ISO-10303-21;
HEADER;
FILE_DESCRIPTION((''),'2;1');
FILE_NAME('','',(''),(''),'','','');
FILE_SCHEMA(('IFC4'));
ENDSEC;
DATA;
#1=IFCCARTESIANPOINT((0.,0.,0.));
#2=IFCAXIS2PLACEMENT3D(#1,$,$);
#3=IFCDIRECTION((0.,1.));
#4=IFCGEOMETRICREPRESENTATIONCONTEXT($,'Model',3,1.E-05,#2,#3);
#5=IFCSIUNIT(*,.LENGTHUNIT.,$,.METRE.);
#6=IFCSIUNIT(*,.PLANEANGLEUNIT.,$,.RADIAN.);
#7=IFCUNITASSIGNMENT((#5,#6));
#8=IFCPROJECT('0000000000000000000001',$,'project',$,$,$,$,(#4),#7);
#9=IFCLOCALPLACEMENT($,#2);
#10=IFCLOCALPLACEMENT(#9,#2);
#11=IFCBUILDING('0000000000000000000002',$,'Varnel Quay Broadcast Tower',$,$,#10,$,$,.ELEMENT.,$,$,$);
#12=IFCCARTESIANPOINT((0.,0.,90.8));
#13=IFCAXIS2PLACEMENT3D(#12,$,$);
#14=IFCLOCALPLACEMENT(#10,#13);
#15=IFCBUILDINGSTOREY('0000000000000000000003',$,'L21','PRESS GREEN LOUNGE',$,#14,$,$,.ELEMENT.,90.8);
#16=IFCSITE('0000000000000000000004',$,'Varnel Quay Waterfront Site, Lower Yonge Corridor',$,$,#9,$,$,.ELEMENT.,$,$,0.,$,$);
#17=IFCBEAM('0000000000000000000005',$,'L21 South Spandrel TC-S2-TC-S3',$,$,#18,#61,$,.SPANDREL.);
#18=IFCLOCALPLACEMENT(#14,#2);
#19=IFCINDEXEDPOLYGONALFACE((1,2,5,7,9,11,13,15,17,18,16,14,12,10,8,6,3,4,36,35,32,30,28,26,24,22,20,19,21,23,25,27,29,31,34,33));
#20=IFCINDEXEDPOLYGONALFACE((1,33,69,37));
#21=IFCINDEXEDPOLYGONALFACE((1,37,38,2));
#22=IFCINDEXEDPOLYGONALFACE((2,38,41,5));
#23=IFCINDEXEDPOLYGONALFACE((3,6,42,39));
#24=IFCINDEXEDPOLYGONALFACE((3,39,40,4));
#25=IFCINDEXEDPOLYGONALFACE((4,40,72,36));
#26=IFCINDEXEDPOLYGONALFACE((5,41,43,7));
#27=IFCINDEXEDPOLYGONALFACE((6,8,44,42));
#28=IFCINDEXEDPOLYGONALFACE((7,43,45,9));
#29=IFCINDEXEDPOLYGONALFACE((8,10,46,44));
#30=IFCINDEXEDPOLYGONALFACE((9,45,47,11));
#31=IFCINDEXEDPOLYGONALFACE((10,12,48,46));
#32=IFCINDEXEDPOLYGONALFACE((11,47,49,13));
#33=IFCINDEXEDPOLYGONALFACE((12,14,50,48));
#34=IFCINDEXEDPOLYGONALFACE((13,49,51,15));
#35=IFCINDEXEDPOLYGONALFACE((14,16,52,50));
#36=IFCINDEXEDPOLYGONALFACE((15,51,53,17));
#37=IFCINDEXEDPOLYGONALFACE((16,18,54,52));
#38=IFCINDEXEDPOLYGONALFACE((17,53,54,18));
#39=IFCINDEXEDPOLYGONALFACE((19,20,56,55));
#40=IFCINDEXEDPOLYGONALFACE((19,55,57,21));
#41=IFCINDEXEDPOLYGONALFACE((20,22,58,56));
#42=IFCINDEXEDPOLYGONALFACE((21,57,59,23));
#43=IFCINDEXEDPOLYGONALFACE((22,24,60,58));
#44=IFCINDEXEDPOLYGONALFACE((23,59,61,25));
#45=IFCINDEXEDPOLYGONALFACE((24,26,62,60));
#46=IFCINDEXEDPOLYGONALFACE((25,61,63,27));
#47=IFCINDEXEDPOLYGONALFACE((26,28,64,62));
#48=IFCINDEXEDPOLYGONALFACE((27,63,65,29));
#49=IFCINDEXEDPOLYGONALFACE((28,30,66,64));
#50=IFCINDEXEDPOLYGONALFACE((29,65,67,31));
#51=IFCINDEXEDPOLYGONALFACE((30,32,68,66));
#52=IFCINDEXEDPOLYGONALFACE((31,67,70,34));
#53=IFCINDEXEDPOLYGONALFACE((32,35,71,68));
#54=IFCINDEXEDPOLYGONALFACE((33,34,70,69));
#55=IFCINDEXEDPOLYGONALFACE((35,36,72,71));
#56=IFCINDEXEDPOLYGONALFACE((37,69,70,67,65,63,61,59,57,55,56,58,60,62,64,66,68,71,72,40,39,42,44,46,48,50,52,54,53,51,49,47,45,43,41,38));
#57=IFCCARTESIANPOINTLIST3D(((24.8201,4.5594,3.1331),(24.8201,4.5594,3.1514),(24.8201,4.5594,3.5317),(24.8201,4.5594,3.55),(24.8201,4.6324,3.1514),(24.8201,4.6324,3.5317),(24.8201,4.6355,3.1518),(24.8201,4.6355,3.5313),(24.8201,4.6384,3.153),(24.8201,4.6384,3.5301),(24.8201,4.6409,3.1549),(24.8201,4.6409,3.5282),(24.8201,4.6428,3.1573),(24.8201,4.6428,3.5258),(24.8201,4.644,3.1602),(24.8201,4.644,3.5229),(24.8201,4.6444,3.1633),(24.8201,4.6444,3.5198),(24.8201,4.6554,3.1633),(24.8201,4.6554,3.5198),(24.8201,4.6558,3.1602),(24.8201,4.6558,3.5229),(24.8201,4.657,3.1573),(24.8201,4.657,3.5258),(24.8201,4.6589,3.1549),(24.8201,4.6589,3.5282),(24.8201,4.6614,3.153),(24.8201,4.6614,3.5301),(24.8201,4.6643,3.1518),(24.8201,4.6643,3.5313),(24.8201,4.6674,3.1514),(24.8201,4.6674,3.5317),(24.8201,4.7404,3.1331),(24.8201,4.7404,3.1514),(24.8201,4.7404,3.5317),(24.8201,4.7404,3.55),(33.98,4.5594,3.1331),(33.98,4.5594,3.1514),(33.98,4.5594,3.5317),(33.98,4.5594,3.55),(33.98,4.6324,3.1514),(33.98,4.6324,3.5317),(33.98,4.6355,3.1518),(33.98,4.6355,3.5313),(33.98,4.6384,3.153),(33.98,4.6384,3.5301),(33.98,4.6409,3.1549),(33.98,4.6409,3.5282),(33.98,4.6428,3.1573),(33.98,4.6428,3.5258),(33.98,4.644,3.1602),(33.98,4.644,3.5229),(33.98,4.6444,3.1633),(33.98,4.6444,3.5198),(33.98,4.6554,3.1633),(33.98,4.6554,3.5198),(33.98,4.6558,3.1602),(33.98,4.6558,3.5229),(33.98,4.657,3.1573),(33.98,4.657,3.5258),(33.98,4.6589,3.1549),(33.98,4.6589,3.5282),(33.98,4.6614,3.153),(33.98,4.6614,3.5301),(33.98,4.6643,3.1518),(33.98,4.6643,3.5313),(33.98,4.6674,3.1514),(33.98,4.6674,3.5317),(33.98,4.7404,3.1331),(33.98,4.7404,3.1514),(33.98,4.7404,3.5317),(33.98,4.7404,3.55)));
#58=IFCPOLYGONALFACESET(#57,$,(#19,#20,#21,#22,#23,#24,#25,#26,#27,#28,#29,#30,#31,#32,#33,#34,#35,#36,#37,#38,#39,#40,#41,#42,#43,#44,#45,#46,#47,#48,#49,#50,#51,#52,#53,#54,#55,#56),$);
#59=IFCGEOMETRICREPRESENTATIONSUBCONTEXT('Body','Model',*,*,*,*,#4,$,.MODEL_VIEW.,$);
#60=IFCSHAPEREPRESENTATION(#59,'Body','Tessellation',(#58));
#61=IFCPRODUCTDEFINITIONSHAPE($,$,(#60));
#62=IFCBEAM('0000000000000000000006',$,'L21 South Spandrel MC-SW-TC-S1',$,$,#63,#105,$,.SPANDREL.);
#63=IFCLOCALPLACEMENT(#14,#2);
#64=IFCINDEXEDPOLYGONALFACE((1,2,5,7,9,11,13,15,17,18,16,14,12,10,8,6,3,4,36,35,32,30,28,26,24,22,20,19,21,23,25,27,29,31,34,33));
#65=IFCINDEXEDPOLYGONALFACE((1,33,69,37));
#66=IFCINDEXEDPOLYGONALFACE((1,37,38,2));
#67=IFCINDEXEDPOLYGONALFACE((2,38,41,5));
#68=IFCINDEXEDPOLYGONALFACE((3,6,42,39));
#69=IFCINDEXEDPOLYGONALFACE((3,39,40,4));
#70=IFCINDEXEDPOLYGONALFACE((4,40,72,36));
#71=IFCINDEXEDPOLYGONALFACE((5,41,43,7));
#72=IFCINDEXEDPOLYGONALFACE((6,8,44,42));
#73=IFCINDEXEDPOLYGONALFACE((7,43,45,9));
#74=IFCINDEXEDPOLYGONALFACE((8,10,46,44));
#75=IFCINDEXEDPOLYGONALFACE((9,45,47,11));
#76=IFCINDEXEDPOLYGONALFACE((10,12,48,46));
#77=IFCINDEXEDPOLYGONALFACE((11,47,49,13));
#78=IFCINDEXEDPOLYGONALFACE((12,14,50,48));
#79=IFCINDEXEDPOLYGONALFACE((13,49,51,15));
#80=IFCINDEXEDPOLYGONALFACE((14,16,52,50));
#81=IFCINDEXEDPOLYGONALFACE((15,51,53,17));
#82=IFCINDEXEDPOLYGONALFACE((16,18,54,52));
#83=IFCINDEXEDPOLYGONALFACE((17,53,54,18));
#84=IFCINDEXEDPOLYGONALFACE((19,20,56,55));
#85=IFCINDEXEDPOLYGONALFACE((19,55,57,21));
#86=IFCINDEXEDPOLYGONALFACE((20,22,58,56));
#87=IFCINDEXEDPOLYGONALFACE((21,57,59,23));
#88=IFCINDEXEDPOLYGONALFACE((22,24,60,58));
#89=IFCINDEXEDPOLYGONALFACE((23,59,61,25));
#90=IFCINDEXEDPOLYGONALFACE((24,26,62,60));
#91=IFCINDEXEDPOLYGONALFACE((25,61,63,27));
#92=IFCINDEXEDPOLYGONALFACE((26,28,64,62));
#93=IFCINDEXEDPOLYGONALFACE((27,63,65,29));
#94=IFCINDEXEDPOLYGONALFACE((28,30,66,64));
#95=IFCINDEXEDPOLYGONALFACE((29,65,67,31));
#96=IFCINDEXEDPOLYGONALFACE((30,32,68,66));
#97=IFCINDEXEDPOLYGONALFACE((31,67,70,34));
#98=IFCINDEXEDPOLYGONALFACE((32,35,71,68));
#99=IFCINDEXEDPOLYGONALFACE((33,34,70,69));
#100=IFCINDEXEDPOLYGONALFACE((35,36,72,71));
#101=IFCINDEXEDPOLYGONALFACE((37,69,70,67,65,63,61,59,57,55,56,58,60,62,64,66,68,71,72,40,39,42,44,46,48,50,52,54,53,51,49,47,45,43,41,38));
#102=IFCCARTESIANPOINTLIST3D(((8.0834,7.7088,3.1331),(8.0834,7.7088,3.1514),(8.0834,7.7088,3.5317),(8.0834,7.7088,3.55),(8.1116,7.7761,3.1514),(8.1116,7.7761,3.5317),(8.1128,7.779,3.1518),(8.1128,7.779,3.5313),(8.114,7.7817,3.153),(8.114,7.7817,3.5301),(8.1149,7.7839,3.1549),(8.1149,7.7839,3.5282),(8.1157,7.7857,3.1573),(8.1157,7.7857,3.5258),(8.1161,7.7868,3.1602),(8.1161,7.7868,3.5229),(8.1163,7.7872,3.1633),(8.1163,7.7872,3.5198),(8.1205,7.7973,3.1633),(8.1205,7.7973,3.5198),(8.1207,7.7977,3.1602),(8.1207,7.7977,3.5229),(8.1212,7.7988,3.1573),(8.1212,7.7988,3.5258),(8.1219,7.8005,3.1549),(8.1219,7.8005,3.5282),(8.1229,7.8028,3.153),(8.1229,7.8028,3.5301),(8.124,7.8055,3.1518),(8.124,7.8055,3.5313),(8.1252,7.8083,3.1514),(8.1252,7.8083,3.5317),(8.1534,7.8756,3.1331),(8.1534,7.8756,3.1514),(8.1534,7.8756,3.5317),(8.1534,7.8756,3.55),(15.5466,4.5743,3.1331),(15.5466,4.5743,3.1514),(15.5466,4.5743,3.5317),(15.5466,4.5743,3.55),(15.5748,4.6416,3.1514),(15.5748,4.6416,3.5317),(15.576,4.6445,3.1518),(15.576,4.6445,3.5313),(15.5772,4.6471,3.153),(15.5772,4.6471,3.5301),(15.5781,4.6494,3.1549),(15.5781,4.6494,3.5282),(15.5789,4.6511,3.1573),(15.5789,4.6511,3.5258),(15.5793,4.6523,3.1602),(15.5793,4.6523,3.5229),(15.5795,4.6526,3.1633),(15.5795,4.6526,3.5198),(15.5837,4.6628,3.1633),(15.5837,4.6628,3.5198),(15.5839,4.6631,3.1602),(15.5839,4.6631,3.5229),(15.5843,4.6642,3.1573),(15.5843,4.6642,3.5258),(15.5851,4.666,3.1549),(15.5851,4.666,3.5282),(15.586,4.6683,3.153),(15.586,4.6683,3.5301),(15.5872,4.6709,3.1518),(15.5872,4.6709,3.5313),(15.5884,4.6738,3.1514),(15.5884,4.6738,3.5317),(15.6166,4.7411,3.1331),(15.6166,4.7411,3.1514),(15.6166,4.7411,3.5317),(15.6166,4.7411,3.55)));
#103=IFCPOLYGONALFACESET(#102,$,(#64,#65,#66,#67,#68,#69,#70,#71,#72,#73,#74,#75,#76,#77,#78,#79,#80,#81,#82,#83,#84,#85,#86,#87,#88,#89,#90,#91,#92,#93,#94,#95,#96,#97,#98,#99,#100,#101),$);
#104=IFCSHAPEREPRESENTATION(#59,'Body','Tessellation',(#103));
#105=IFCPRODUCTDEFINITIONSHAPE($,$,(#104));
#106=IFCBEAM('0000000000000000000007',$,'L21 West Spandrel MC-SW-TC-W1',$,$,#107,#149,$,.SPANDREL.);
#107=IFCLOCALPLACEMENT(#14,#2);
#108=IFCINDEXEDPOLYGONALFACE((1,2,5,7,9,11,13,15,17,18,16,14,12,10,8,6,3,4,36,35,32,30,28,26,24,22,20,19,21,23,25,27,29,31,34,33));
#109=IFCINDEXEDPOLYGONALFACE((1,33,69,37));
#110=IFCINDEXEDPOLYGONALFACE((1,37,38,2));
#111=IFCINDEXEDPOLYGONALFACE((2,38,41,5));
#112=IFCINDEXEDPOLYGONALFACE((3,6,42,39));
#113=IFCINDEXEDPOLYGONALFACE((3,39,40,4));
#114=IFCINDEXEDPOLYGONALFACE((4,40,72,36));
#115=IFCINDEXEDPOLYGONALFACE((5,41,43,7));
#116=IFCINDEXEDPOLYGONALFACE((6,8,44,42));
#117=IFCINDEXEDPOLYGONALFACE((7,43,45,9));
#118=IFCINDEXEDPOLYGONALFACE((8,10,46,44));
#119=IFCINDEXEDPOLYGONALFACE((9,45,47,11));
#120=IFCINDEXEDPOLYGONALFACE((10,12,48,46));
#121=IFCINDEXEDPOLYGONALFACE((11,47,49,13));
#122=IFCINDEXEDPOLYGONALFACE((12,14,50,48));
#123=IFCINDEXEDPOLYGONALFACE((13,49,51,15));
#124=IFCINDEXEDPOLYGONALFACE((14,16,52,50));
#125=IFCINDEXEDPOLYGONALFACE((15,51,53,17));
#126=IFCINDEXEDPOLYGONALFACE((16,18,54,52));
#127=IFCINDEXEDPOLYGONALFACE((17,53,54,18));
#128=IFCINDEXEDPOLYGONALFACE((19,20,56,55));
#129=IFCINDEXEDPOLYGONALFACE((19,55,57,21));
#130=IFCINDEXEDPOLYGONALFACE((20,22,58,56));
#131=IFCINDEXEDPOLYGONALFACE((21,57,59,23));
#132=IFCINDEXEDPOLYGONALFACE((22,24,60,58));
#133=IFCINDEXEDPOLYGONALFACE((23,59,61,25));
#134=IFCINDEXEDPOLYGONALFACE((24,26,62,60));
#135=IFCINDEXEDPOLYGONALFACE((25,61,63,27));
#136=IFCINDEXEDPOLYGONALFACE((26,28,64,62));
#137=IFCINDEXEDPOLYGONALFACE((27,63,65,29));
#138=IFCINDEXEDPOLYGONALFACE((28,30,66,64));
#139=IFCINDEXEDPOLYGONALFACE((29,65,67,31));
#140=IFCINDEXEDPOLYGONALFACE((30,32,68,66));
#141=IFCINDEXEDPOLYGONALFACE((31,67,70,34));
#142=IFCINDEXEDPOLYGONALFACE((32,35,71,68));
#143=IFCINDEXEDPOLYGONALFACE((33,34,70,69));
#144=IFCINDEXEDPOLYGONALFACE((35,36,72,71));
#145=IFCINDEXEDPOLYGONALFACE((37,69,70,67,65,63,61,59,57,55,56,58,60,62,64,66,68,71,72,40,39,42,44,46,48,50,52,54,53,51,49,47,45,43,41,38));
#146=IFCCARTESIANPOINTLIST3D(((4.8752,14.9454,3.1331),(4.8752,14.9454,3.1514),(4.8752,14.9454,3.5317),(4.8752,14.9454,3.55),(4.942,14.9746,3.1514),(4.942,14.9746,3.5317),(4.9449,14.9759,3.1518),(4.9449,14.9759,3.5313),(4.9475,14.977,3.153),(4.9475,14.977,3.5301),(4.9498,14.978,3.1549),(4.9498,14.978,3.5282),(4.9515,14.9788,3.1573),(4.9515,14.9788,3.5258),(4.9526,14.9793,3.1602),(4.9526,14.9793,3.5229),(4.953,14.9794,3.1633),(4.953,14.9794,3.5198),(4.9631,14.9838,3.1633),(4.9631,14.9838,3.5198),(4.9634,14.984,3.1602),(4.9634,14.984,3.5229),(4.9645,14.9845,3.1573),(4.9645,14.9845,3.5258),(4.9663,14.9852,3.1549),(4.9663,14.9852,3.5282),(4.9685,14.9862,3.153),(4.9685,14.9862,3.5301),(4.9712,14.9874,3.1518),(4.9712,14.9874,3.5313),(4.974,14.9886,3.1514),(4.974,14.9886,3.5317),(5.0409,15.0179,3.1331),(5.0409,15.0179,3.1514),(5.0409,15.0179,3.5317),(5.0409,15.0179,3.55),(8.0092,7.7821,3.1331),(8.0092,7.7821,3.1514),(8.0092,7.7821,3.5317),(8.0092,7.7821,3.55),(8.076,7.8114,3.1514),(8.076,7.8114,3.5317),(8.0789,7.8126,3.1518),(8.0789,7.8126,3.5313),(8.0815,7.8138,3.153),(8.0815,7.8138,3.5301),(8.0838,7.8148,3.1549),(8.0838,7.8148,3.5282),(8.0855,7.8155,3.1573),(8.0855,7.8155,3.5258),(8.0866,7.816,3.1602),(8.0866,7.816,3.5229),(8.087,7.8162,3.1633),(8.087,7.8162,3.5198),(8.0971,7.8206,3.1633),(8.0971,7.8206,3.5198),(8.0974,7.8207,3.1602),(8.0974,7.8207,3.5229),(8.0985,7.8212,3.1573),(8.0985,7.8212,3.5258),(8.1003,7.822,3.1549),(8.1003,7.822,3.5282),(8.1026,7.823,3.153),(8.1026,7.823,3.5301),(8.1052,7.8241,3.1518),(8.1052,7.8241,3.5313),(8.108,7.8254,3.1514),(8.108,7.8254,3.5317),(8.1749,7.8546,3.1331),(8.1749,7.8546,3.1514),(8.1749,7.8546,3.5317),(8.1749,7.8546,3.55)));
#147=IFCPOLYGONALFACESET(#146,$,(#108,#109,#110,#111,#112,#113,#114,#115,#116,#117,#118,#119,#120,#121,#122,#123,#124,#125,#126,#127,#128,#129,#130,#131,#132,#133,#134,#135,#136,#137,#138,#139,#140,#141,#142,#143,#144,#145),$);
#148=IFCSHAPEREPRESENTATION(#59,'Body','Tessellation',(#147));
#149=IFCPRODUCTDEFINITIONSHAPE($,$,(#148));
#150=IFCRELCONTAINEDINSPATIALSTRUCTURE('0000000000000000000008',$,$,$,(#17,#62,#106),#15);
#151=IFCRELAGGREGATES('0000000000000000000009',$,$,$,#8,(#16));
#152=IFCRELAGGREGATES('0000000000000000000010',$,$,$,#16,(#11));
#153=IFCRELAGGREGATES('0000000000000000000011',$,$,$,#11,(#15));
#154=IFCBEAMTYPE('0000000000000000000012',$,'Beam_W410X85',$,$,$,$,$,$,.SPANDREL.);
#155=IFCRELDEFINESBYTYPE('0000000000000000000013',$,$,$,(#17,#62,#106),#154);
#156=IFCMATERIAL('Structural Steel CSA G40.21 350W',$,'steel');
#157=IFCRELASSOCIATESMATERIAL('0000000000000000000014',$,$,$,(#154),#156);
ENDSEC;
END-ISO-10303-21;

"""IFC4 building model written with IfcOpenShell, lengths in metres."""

from ifc_helpers import new_model, si_unit, direction, frame, origin, origin_2d, place, context, subcontext, project, spatial, i_section, extrude, source, transform, mapped, material, material_profile, profile_set, type_object, type_shapes, element, save


model = new_model("IFC4")

# Units and contexts
model_context = context("Model", 3, precision=1e-05, world=origin(), true_north=direction((0.0, 1.0)))
body_context = subcontext(model_context, "Body", "Model", "MODEL_VIEW")
ifc_project = project(units=[si_unit("LENGTHUNIT", "METRE"), si_unit("PLANEANGLEUNIT", "RADIAN")], contexts=[model_context])

# Site, building, storey
site_placement = place(None, origin())
site = spatial("IfcSite", under=ifc_project, at=site_placement, Name="Varnel Quay Waterfront Site, Lower Yonge Corridor", CompositionType="ELEMENT", RefElevation=0.0)
building_placement = place(site_placement, origin())
building = spatial("IfcBuilding", under=site, at=building_placement, Name="Varnel Quay Broadcast Tower", CompositionType="ELEMENT")
storey_placement = place(building_placement, frame((0.0, 0.0, 90.8)))
storey = spatial("IfcBuildingStorey", under=building, at=storey_placement, Name="L21", Description="PRESS GREEN LOUNGE", CompositionType="ELEMENT", Elevation=90.8)

# Shared definitions
ifc_material_1 = material(Name="Structural Steel CSA G40.21 350W", Category="steel")

# Beams
ifc_material_profile_1 = material_profile(ifc_material_1, i_section(OverallWidth=0.1809, OverallDepth=0.417, WebThickness=0.011, FlangeThickness=0.0183, FilletRadius=0.012, at=origin_2d()), Name="W410X85")
ifc_profile_set_1 = profile_set([ifc_material_profile_1], Name="Structural Steel CSA G40.21 350W")
beam_type_1 = type_object("IfcBeamType", Name="Beam_W410X85", PredefinedType="SPANDREL", material=ifc_profile_set_1)
shared_shape_1 = source(origin(), body_context, "Body", "SweptSolid", [
    extrude(i_section(OverallWidth=0.1809, OverallDepth=0.417, WebThickness=0.011, FlangeThickness=0.0183, FilletRadius=0.012, at=origin_2d()), origin(), (0.0, 0.0, 1.0), 9.1599),
])
for number, where, z_axis, x_axis, name in (
    (1, (24.8201, 4.6499, 3.3416), (1.0, 0.0, 0.0), (0.0, 1.0, 0.0), "L21 South Spandrel TC-S2-TC-S3"),
):
    element("IfcBeam", number, at=place(storey_placement, frame(where, z_axis=z_axis, x_axis=x_axis)), inside=storey, type_object=beam_type_1, Name=name, PredefinedType="SPANDREL", context=body_context, shape_type="MappedRepresentation", body=[
        mapped(shared_shape_1, transform((0.0, 0.0, 0.0), x_axis=(1.0, 0.0, 0.0), y_axis=(0.0, 1.0, 0.0), z_axis=(0.0, 0.0, 1.0), scale=1.0)),
    ])
shared_shape_2 = source(origin(), body_context, "Body", "SweptSolid", [
    extrude(i_section(OverallWidth=0.1809, OverallDepth=0.417, WebThickness=0.011, FlangeThickness=0.0183, FilletRadius=0.012, at=origin_2d()), origin(), (0.0, 0.0, 1.0), 8.0947),
])
beam_1_placement = place(storey_placement, frame((8.1184, 7.7922, 3.3416), z_axis=(0.921982, -0.387233, 0.0), x_axis=(0.387233, 0.921982, 0.0)))
element("IfcBeam", 2, at=beam_1_placement, inside=storey, type_object=beam_type_1, Name="L21 South Spandrel MC-SW-TC-S1", PredefinedType="SPANDREL", context=body_context, shape_type="MappedRepresentation", body=[
    mapped(shared_shape_2, transform((0.0, 0.0, 0.0), x_axis=(1.0, 0.0, 0.0), y_axis=(0.0, 1.0, 0.0), z_axis=(0.0, 0.0, 1.0), scale=1.0)),
])
shared_shape_3 = source(origin(), body_context, "Body", "SweptSolid", [
    extrude(i_section(OverallWidth=0.1809, OverallDepth=0.417, WebThickness=0.011, FlangeThickness=0.0183, FilletRadius=0.012, at=origin_2d()), origin(), (0.0, 0.0, 1.0), 7.8188),
])
type_shapes(beam_type_1, [shared_shape_1, shared_shape_2, shared_shape_3])
beam_2_placement = place(storey_placement, frame((8.092, 7.8184, 3.3416), z_axis=(-0.400827, 0.916154, 0.0), x_axis=(-0.916154, -0.400827, 0.0)))
element("IfcBeam", 3, at=beam_2_placement, inside=storey, type_object=beam_type_1, Name="L21 West Spandrel MC-SW-TC-W1", PredefinedType="SPANDREL", context=body_context, shape_type="MappedRepresentation", body=[
    mapped(shared_shape_3, transform((0.0, 0.0, 0.0), x_axis=(1.0, 0.0, 0.0), y_axis=(0.0, 1.0, 0.0), z_axis=(0.0, 0.0, 1.0), scale=1.0)),
])

save(model, "model.ifc")
